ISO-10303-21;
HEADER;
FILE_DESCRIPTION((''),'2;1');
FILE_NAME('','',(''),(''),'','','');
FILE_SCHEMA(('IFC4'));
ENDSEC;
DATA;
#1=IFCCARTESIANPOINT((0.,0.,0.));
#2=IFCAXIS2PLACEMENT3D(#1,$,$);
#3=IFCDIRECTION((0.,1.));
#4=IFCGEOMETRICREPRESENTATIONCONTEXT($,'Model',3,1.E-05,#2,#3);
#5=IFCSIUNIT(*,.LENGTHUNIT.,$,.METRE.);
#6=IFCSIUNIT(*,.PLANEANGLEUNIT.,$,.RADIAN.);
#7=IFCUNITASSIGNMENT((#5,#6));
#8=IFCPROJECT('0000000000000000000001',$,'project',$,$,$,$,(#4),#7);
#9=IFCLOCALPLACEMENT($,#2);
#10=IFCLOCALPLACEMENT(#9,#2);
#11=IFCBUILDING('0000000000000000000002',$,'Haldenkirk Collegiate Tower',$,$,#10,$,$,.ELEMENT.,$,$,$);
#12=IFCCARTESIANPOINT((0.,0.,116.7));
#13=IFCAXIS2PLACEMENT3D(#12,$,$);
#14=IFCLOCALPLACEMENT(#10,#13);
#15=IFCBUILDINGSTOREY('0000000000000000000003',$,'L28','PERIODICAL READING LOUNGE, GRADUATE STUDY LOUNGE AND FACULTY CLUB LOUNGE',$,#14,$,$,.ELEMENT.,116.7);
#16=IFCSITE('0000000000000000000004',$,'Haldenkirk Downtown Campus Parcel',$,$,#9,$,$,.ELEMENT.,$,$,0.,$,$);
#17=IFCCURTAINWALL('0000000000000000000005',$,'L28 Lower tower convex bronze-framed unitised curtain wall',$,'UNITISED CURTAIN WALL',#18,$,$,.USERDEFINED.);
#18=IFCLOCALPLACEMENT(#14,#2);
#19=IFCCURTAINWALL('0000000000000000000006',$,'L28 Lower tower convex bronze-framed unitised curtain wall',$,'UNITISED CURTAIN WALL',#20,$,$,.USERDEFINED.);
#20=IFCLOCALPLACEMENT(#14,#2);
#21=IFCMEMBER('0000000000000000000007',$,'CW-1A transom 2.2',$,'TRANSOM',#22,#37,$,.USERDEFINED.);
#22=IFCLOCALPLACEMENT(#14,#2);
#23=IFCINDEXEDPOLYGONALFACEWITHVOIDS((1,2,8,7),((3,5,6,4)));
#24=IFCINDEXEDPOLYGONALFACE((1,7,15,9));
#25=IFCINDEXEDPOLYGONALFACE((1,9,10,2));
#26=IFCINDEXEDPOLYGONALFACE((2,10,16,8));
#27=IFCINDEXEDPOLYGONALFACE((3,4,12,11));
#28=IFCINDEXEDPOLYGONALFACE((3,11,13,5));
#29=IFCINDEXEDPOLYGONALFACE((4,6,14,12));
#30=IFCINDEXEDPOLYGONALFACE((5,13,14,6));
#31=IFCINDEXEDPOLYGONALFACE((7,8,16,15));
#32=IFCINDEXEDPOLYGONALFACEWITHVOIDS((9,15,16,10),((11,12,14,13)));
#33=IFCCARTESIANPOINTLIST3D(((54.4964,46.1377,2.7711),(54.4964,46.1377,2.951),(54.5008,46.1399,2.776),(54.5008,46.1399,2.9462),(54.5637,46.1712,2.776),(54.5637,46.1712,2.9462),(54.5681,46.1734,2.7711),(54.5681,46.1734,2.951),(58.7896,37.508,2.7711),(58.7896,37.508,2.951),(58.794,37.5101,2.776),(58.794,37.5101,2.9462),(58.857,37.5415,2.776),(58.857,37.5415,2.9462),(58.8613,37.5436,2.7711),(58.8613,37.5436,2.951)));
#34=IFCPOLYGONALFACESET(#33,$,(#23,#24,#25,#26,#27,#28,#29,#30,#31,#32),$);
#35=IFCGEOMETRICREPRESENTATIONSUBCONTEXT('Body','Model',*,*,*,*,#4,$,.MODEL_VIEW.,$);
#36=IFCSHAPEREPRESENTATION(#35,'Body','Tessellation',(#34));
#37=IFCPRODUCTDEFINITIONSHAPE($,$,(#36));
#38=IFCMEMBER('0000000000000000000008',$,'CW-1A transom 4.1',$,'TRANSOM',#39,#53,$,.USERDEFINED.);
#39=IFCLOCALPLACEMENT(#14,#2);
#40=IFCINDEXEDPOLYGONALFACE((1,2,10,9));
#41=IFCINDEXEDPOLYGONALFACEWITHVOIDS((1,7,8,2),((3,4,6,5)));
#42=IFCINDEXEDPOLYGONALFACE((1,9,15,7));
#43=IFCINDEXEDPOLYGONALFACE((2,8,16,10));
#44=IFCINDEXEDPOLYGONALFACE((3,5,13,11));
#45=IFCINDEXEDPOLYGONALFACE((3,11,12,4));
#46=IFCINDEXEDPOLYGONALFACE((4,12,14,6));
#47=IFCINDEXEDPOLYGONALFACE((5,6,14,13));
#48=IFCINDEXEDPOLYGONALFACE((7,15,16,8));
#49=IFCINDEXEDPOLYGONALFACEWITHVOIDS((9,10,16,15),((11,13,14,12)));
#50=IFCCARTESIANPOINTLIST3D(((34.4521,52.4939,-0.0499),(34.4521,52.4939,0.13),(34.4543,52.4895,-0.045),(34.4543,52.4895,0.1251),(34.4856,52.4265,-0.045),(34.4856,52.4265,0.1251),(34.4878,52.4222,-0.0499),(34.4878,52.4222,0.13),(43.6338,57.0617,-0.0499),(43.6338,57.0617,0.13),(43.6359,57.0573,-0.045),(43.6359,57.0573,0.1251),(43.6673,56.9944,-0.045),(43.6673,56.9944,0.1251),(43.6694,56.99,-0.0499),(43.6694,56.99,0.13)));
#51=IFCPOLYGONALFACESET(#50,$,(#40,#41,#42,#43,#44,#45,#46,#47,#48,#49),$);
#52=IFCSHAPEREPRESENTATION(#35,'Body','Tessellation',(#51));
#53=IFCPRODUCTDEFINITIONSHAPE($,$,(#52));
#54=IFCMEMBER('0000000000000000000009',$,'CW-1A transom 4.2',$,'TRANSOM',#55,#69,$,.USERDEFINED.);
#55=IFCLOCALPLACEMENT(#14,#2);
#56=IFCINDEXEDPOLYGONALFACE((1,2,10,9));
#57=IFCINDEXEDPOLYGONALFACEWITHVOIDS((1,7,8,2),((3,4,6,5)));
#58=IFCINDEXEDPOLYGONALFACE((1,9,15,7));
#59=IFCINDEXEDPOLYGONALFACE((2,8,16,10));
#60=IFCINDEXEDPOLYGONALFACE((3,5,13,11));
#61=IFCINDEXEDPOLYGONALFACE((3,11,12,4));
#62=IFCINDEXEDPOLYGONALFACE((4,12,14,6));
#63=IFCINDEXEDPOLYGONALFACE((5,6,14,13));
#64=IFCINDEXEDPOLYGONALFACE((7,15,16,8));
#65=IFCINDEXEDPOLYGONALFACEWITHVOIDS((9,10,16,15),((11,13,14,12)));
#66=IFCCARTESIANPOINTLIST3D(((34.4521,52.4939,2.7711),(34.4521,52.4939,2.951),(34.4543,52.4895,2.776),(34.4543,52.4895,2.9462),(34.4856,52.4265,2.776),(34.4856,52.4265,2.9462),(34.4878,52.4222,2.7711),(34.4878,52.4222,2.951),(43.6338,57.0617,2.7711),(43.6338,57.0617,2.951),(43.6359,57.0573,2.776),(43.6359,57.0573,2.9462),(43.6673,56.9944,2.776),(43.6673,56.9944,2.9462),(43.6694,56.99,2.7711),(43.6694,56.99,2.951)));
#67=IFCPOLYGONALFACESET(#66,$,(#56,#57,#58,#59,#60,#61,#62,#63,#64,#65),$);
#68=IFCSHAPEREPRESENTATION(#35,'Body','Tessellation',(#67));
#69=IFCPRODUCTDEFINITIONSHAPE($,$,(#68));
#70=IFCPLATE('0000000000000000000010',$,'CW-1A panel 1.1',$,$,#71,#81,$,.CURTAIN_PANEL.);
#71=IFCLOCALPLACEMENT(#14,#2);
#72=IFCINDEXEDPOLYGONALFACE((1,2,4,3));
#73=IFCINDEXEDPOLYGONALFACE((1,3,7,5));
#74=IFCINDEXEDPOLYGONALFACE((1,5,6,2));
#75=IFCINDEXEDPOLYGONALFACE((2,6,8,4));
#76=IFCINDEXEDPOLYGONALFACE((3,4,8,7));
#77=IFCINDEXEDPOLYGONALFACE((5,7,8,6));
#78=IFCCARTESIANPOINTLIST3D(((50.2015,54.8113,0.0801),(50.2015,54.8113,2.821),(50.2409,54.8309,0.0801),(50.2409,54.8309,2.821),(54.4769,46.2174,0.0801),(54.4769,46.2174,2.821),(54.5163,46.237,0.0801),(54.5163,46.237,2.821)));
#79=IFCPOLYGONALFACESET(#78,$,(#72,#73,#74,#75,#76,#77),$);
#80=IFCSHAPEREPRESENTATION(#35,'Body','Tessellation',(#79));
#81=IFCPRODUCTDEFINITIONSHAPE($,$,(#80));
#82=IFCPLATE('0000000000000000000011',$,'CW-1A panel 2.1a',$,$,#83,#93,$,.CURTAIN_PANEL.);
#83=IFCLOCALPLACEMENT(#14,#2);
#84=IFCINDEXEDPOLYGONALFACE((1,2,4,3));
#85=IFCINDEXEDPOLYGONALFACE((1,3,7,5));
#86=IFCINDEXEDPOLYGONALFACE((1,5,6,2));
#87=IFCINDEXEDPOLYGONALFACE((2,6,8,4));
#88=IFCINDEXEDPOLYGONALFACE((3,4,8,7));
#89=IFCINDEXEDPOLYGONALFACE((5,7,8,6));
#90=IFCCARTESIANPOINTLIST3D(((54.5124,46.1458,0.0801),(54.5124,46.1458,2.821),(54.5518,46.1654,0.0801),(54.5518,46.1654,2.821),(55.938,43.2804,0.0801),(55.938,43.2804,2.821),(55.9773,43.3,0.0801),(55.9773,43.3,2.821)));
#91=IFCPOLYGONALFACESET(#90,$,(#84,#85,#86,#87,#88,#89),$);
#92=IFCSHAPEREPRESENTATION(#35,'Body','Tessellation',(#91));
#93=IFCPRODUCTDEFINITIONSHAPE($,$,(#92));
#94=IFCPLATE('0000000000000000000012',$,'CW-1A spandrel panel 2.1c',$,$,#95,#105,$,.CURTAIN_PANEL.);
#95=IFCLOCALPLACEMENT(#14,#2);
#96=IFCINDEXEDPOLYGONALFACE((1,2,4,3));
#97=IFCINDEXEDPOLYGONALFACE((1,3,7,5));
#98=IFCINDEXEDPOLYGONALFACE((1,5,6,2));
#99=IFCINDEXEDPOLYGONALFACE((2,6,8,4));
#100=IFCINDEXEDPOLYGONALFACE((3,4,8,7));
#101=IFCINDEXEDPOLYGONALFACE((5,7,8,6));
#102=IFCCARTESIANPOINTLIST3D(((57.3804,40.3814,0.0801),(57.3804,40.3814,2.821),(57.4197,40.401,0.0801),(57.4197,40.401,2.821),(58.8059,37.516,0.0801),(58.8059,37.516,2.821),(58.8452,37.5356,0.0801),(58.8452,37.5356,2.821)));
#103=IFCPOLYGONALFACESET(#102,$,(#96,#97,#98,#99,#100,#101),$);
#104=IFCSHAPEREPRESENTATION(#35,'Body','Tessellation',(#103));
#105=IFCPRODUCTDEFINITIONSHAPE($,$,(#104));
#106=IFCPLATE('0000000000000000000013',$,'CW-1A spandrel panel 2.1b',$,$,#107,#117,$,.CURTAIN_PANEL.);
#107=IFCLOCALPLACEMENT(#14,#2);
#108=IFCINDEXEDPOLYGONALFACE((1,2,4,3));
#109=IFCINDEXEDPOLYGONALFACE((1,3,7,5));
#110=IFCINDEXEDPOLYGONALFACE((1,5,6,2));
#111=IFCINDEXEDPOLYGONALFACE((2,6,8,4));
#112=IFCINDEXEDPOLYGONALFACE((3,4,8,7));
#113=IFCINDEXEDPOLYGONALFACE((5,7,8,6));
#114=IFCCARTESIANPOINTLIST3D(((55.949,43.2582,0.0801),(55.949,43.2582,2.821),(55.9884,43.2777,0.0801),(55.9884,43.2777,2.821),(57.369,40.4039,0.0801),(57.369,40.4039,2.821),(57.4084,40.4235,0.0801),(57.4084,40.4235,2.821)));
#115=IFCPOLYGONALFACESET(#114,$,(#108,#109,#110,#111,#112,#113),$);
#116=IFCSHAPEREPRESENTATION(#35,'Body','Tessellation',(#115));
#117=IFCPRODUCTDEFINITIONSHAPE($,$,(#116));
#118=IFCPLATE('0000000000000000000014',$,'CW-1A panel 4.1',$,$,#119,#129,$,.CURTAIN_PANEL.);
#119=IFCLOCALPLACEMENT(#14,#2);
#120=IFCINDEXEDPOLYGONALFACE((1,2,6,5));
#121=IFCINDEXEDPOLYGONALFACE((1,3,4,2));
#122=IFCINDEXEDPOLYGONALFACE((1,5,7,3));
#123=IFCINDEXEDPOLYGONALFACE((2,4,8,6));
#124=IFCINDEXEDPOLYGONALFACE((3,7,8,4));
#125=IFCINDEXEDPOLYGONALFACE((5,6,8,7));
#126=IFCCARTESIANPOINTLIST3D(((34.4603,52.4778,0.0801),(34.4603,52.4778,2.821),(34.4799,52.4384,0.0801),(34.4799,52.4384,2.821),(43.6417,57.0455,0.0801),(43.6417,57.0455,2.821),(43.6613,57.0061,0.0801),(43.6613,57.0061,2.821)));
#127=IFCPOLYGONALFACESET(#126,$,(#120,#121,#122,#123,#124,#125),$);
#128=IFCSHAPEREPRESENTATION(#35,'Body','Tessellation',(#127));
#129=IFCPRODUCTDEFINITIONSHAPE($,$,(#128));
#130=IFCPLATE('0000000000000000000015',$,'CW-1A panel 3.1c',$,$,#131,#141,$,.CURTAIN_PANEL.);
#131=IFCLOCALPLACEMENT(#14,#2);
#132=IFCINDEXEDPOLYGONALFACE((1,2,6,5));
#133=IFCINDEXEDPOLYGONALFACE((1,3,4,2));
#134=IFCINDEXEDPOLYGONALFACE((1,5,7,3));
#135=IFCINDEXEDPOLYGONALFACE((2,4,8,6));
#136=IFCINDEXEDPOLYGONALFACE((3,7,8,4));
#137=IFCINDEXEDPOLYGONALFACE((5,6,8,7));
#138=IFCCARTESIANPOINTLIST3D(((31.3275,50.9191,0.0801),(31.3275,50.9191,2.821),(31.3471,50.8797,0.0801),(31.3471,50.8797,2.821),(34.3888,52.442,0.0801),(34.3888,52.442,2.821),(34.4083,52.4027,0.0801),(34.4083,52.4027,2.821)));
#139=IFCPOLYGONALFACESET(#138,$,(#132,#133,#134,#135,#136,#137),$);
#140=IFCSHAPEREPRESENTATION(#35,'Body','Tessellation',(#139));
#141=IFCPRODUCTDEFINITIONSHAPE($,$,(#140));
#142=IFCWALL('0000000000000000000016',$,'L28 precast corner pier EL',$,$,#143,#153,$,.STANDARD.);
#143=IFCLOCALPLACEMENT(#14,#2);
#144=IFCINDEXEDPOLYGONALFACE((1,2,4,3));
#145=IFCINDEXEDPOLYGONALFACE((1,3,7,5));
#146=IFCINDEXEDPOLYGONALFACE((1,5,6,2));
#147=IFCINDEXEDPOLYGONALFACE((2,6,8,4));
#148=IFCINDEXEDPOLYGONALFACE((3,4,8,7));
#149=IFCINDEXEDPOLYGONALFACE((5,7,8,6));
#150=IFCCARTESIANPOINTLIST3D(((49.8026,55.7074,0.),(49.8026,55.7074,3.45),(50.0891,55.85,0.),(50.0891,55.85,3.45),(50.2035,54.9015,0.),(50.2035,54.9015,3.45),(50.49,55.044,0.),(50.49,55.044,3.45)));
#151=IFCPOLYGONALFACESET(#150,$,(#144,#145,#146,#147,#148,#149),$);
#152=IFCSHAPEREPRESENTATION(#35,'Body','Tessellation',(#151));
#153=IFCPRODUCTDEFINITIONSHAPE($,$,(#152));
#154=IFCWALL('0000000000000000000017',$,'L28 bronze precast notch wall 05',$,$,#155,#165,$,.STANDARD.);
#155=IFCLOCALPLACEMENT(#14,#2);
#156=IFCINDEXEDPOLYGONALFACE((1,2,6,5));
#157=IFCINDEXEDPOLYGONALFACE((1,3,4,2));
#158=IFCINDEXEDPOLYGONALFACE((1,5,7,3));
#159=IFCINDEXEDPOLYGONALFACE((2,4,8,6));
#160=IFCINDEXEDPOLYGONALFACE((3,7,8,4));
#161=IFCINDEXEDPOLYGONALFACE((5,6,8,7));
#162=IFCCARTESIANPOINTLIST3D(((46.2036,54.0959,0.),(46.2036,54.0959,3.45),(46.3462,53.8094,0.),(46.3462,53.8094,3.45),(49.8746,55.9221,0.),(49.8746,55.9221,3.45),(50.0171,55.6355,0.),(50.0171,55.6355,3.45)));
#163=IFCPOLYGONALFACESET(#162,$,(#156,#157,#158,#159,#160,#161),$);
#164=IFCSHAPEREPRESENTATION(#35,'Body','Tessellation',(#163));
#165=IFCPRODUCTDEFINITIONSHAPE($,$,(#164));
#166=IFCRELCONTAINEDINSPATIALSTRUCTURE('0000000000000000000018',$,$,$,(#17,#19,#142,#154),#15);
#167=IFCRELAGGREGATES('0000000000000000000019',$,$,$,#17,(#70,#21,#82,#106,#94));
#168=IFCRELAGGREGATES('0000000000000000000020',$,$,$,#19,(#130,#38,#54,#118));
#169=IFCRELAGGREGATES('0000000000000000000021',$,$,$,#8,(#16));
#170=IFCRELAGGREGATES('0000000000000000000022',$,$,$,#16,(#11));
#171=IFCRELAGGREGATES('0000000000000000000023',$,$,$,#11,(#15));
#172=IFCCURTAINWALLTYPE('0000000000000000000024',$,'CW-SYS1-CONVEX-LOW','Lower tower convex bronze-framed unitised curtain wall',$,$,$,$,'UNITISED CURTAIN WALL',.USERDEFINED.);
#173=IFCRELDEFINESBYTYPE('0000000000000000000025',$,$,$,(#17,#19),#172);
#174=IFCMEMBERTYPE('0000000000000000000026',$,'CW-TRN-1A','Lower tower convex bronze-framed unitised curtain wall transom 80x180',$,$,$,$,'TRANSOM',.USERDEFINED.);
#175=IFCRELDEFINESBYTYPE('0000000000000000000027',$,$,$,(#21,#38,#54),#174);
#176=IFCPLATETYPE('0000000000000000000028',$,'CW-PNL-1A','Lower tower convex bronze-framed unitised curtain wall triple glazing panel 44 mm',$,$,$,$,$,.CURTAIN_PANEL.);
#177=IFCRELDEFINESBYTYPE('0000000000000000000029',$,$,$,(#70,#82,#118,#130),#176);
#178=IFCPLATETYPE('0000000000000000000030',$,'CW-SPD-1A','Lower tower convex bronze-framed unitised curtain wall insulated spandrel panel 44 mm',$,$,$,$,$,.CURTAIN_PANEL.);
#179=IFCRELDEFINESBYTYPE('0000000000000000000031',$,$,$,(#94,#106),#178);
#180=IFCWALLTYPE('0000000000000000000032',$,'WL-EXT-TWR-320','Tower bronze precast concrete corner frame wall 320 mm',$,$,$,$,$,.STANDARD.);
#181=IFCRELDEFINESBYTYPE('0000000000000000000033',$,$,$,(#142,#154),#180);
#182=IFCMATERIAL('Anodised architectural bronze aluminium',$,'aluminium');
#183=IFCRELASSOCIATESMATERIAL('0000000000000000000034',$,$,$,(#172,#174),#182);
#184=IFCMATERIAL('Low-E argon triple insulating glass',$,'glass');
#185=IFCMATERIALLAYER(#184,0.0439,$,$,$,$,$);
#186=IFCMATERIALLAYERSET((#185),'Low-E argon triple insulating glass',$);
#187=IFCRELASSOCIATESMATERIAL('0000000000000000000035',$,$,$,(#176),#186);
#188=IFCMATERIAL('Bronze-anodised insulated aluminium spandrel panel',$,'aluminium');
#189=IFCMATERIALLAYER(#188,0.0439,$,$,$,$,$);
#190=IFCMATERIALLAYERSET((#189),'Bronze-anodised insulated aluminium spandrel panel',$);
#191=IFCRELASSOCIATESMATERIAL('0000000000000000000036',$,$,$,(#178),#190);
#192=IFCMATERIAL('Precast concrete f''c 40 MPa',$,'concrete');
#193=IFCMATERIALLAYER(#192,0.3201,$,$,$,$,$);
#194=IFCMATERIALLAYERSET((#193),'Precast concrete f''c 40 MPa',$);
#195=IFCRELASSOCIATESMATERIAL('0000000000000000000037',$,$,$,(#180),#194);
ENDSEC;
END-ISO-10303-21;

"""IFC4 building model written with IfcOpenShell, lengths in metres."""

from ifc_helpers import new_model, si_unit, direction, frame, frame_2d, origin, origin_2d, place, context, subcontext, project, spatial, rectangle, hollow_rectangle, extrude, source, transform, mapped, material, layer, layer_set, material_profile, profile_set, type_object, element, aggregate, save


model = new_model("IFC4")

# Units and contexts
model_context = context("Model", 3, precision=1e-05, world=origin(), true_north=direction((0.0, 1.0)))
body_context = subcontext(model_context, "Body", "Model", "MODEL_VIEW")
ifc_project = project(units=[si_unit("LENGTHUNIT", "METRE"), si_unit("PLANEANGLEUNIT", "RADIAN")], contexts=[model_context])

# Site, building, storey
site_placement = place(None, origin())
site = spatial("IfcSite", under=ifc_project, at=site_placement, Name="Haldenkirk Downtown Campus Parcel", CompositionType="ELEMENT", RefElevation=0.0)
building_placement = place(site_placement, origin())
building = spatial("IfcBuilding", under=site, at=building_placement, Name="Haldenkirk Collegiate Tower", CompositionType="ELEMENT")
storey_placement = place(building_placement, frame((0.0, 0.0, 116.7)))
storey = spatial("IfcBuildingStorey", under=building, at=storey_placement, Name="L28", Description="PERIODICAL READING LOUNGE, GRADUATE STUDY LOUNGE AND FACULTY CLUB LOUNGE", CompositionType="ELEMENT", Elevation=116.7)

# Curtain walls
ifc_material_1 = material(Name="Anodised architectural bronze aluminium", Category="aluminium")
curtain_wall_type = type_object("IfcCurtainWallType", Name="CW-SYS1-CONVEX-LOW", Description="Lower tower convex bronze-framed unitised curtain wall", ElementType="UNITISED CURTAIN WALL", PredefinedType="USERDEFINED", material=ifc_material_1)
curtain_wall_1_placement = place(storey_placement, origin())
curtain_wall_1 = element("IfcCurtainWall", 1, at=curtain_wall_1_placement, inside=storey, type_object=curtain_wall_type, Name="L28 Lower tower convex bronze-framed unitised curtain wall", ObjectType="UNITISED CURTAIN WALL", PredefinedType="USERDEFINED")
curtain_wall_2_placement = place(storey_placement, origin())
curtain_wall_2 = element("IfcCurtainWall", 2, at=curtain_wall_2_placement, inside=storey, type_object=curtain_wall_type, Name="L28 Lower tower convex bronze-framed unitised curtain wall", ObjectType="UNITISED CURTAIN WALL", PredefinedType="USERDEFINED")

# Members
ifc_material_profile_1 = material_profile(ifc_material_1, hollow_rectangle(XDim=0.0801, YDim=0.1799, WallThickness=0.0049, at=origin_2d()), Name="CW-TRN-1A")
ifc_profile_set_1 = profile_set([ifc_material_profile_1], Name="Anodised architectural bronze aluminium")
member_type_1 = type_object("IfcMemberType", Name="CW-TRN-1A", Description="Lower tower convex bronze-framed unitised curtain wall transom 80x180", ElementType="TRANSOM", PredefinedType="USERDEFINED", material=ifc_profile_set_1)
member_1_placement = place(storey_placement, frame((54.5322, 46.1555, 2.8611), z_axis=(0.445419, -0.895322, 0.0), x_axis=(0.895322, 0.445419, 0.0)))
member_1 = element("IfcMember", 3, at=member_1_placement, type_object=member_type_1, Name="CW-1A transom 2.2", ObjectType="TRANSOM", PredefinedType="USERDEFINED", context=body_context, shape_type="SweptSolid", body=[
    extrude(hollow_rectangle(XDim=0.0801, YDim=0.1799, WallThickness=0.0049, at=origin_2d()), origin(), (0.0, 0.0, 1.0), 9.6387),
])
member_2_placement = place(storey_placement, frame((34.47, 52.458, 0.04), z_axis=(0.895321, 0.445422, 0.0), x_axis=(-0.445422, 0.895321, 0.0)))
member_2 = element("IfcMember", 4, at=member_2_placement, type_object=member_type_1, Name="CW-1A transom 4.1", ObjectType="TRANSOM", PredefinedType="USERDEFINED", context=body_context, shape_type="SweptSolid", body=[
    extrude(hollow_rectangle(XDim=0.0801, YDim=0.1799, WallThickness=0.0049, at=origin_2d()), origin(), (0.0, 0.0, 1.0), 10.2551),
])
member_3_placement = place(storey_placement, frame((34.47, 52.458, 2.8611), z_axis=(0.895321, 0.445422, 0.0), x_axis=(-0.445422, 0.895321, 0.0)))
member_3 = element("IfcMember", 5, at=member_3_placement, type_object=member_type_1, Name="CW-1A transom 4.2", ObjectType="TRANSOM", PredefinedType="USERDEFINED", context=body_context, shape_type="SweptSolid", body=[
    extrude(hollow_rectangle(XDim=0.0801, YDim=0.1799, WallThickness=0.0049, at=origin_2d()), origin(), (0.0, 0.0, 1.0), 10.2551),
])

# Plates
ifc_material_2 = material(Name="Low-E argon triple insulating glass", Category="glass")
ifc_layer_1 = layer(ifc_material_2, 0.0439)
ifc_layer_set_1 = layer_set([ifc_layer_1], Name="Low-E argon triple insulating glass")
plate_type_1 = type_object("IfcPlateType", Name="CW-PNL-1A", Description="Lower tower convex bronze-framed unitised curtain wall triple glazing panel 44 mm", PredefinedType="CURTAIN_PANEL", material=ifc_layer_set_1)
shared_shape_1 = source(origin(), body_context, "Body", "SweptSolid", [
    extrude(rectangle(XDim=9.5986, YDim=0.0439, at=origin_2d()), origin(), (0.0, 0.0, 1.0), 2.741),
])
plate_1_placement = place(storey_placement, frame((52.3589, 50.5242, 0.0801), z_axis=(0.0, 0.0, 1.0), x_axis=(0.445416, -0.895324, 0.0)))
plate_1 = element("IfcPlate", 6, at=plate_1_placement, type_object=plate_type_1, Name="CW-1A panel 1.1", PredefinedType="CURTAIN_PANEL", context=body_context, shape_type="MappedRepresentation", body=[
    mapped(shared_shape_1, transform((0.0, 0.0, 0.0), x_axis=(1.0, 0.0, 0.0), y_axis=(0.0, 1.0, 0.0), z_axis=(0.0, 0.0, 1.0), scale=1.0)),
])
shared_shape_2 = source(origin(), body_context, "Body", "SweptSolid", [
    extrude(rectangle(XDim=3.2004, YDim=0.0439, at=origin_2d()), origin(), (0.0, 0.0, 1.0), 2.741),
])
plate_2_placement = place(storey_placement, frame((55.2449, 44.7229, 0.0801), z_axis=(0.0, 0.0, 1.0), x_axis=(0.445416, -0.895324, 0.0)))
plate_2 = element("IfcPlate", 7, at=plate_2_placement, type_object=plate_type_1, Name="CW-1A panel 2.1a", PredefinedType="CURTAIN_PANEL", context=body_context, shape_type="MappedRepresentation", body=[
    mapped(shared_shape_2, transform((0.0, 0.0, 0.0), x_axis=(1.0, 0.0, 0.0), y_axis=(0.0, 1.0, 0.0), z_axis=(0.0, 0.0, 1.0), scale=1.0)),
])
ifc_material_3 = material(Name="Bronze-anodised insulated aluminium spandrel panel", Category="aluminium")
ifc_layer_2 = layer(ifc_material_3, 0.0439)
ifc_layer_set_2 = layer_set([ifc_layer_2], Name="Bronze-anodised insulated aluminium spandrel panel")
plate_type_2 = type_object("IfcPlateType", Name="CW-SPD-1A", Description="Lower tower convex bronze-framed unitised curtain wall insulated spandrel panel 44 mm", PredefinedType="CURTAIN_PANEL", material=ifc_layer_set_2)
plate_3_placement = place(storey_placement, frame((58.1128, 38.9585, 0.0801), z_axis=(0.0, 0.0, 1.0), x_axis=(0.445416, -0.895324, 0.0)))
plate_3 = element("IfcPlate", 8, at=plate_3_placement, type_object=plate_type_2, Name="CW-1A spandrel panel 2.1c", PredefinedType="CURTAIN_PANEL", context=body_context, shape_type="MappedRepresentation", body=[
    mapped(shared_shape_2, transform((0.0, 0.0, 0.0), x_axis=(1.0, 0.0, 0.0), y_axis=(0.0, 1.0, 0.0), z_axis=(0.0, 0.0, 1.0), scale=1.0)),
])
shared_shape_3 = source(origin(), body_context, "Body", "SweptSolid", [
    extrude(rectangle(XDim=3.188, YDim=0.0439, at=origin_2d()), origin(), (0.0, 0.0, 1.0), 2.741),
])
plate_4_placement = place(storey_placement, frame((56.6787, 41.8408, 0.0801), z_axis=(0.0, 0.0, 1.0), x_axis=(0.445416, -0.895324, 0.0)))
plate_4 = element("IfcPlate", 9, at=plate_4_placement, type_object=plate_type_2, Name="CW-1A spandrel panel 2.1b", PredefinedType="CURTAIN_PANEL", context=body_context, shape_type="MappedRepresentation", body=[
    mapped(shared_shape_3, transform((0.0, 0.0, 0.0), x_axis=(1.0, 0.0, 0.0), y_axis=(0.0, 1.0, 0.0), z_axis=(0.0, 0.0, 1.0), scale=1.0)),
])
aggregate(curtain_wall_1, [plate_1, member_1, plate_2, plate_4, plate_3])
shared_shape_4 = source(origin(), body_context, "Body", "SweptSolid", [
    extrude(rectangle(XDim=10.2549, YDim=0.0439, at=origin_2d()), origin(), (0.0, 0.0, 1.0), 2.741),
])
plate_5_placement = place(storey_placement, frame((39.0608, 54.7419, 0.0801), z_axis=(0.0, 0.0, 1.0), x_axis=(0.895323, 0.445417, 0.0)))
plate_5 = element("IfcPlate", 10, at=plate_5_placement, type_object=plate_type_1, Name="CW-1A panel 4.1", PredefinedType="CURTAIN_PANEL", context=body_context, shape_type="MappedRepresentation", body=[
    mapped(shared_shape_4, transform((0.0, 0.0, 0.0), x_axis=(1.0, 0.0, 0.0), y_axis=(0.0, 1.0, 0.0), z_axis=(0.0, 0.0, 1.0), scale=1.0)),
])
shared_shape_5 = source(origin(), body_context, "Body", "SweptSolid", [
    extrude(rectangle(XDim=3.4192, YDim=0.0439, at=origin_2d()), origin(), (0.0, 0.0, 1.0), 2.741),
])
plate_6_placement = place(storey_placement, frame((32.8679, 51.6609, 0.0801), z_axis=(0.0, 0.0, 1.0), x_axis=(0.895323, 0.445417, 0.0)))
plate_6 = element("IfcPlate", 11, at=plate_6_placement, type_object=plate_type_1, Name="CW-1A panel 3.1c", PredefinedType="CURTAIN_PANEL", context=body_context, shape_type="MappedRepresentation", body=[
    mapped(shared_shape_5, transform((0.0, 0.0, 0.0), x_axis=(1.0, 0.0, 0.0), y_axis=(0.0, 1.0, 0.0), z_axis=(0.0, 0.0, 1.0), scale=1.0)),
])
aggregate(curtain_wall_2, [plate_6, member_2, member_3, plate_5])

# Walls
ifc_material_4 = material(Name="Precast concrete f'c 40 MPa", Category="concrete")
ifc_layer_3 = layer(ifc_material_4, 0.3201)
ifc_layer_set_3 = layer_set([ifc_layer_3], Name="Precast concrete f'c 40 MPa")
wall_type_1 = type_object("IfcWallType", Name="WL-EXT-TWR-320", Description="Tower bronze precast concrete corner frame wall 320 mm", PredefinedType="STANDARD", material=ifc_layer_set_3)
wall_1_placement = place(storey_placement, frame((49.9458, 55.7788, 0.0), z_axis=(0.0, 0.0, 1.0), x_axis=(0.445368, -0.895347, 0.0)))
element("IfcWall", 12, at=wall_1_placement, inside=storey, type_object=wall_type_1, Name="L28 precast corner pier EL", PredefinedType="STANDARD", context=body_context, shape_type="SweptSolid", body=[
    extrude(rectangle(XDim=0.9001, YDim=0.3201, at=frame_2d((0.4502, 0.0))), origin(), (0.0, 0.0, 1.0), 3.45),
])
wall_2_placement = place(storey_placement, frame((46.2749, 53.9526, 0.0), z_axis=(0.0, 0.0, 1.0), x_axis=(0.89533, 0.445402, 0.0)))
element("IfcWall", 13, at=wall_2_placement, inside=storey, type_object=wall_type_1, Name="L28 bronze precast notch wall 05", PredefinedType="STANDARD", context=body_context, shape_type="SweptSolid", body=[
    extrude(rectangle(XDim=4.1001, YDim=0.3201, at=frame_2d((2.05, 0.0))), origin(), (0.0, 0.0, 1.0), 3.45),
])

save(model, "model.ifc")
